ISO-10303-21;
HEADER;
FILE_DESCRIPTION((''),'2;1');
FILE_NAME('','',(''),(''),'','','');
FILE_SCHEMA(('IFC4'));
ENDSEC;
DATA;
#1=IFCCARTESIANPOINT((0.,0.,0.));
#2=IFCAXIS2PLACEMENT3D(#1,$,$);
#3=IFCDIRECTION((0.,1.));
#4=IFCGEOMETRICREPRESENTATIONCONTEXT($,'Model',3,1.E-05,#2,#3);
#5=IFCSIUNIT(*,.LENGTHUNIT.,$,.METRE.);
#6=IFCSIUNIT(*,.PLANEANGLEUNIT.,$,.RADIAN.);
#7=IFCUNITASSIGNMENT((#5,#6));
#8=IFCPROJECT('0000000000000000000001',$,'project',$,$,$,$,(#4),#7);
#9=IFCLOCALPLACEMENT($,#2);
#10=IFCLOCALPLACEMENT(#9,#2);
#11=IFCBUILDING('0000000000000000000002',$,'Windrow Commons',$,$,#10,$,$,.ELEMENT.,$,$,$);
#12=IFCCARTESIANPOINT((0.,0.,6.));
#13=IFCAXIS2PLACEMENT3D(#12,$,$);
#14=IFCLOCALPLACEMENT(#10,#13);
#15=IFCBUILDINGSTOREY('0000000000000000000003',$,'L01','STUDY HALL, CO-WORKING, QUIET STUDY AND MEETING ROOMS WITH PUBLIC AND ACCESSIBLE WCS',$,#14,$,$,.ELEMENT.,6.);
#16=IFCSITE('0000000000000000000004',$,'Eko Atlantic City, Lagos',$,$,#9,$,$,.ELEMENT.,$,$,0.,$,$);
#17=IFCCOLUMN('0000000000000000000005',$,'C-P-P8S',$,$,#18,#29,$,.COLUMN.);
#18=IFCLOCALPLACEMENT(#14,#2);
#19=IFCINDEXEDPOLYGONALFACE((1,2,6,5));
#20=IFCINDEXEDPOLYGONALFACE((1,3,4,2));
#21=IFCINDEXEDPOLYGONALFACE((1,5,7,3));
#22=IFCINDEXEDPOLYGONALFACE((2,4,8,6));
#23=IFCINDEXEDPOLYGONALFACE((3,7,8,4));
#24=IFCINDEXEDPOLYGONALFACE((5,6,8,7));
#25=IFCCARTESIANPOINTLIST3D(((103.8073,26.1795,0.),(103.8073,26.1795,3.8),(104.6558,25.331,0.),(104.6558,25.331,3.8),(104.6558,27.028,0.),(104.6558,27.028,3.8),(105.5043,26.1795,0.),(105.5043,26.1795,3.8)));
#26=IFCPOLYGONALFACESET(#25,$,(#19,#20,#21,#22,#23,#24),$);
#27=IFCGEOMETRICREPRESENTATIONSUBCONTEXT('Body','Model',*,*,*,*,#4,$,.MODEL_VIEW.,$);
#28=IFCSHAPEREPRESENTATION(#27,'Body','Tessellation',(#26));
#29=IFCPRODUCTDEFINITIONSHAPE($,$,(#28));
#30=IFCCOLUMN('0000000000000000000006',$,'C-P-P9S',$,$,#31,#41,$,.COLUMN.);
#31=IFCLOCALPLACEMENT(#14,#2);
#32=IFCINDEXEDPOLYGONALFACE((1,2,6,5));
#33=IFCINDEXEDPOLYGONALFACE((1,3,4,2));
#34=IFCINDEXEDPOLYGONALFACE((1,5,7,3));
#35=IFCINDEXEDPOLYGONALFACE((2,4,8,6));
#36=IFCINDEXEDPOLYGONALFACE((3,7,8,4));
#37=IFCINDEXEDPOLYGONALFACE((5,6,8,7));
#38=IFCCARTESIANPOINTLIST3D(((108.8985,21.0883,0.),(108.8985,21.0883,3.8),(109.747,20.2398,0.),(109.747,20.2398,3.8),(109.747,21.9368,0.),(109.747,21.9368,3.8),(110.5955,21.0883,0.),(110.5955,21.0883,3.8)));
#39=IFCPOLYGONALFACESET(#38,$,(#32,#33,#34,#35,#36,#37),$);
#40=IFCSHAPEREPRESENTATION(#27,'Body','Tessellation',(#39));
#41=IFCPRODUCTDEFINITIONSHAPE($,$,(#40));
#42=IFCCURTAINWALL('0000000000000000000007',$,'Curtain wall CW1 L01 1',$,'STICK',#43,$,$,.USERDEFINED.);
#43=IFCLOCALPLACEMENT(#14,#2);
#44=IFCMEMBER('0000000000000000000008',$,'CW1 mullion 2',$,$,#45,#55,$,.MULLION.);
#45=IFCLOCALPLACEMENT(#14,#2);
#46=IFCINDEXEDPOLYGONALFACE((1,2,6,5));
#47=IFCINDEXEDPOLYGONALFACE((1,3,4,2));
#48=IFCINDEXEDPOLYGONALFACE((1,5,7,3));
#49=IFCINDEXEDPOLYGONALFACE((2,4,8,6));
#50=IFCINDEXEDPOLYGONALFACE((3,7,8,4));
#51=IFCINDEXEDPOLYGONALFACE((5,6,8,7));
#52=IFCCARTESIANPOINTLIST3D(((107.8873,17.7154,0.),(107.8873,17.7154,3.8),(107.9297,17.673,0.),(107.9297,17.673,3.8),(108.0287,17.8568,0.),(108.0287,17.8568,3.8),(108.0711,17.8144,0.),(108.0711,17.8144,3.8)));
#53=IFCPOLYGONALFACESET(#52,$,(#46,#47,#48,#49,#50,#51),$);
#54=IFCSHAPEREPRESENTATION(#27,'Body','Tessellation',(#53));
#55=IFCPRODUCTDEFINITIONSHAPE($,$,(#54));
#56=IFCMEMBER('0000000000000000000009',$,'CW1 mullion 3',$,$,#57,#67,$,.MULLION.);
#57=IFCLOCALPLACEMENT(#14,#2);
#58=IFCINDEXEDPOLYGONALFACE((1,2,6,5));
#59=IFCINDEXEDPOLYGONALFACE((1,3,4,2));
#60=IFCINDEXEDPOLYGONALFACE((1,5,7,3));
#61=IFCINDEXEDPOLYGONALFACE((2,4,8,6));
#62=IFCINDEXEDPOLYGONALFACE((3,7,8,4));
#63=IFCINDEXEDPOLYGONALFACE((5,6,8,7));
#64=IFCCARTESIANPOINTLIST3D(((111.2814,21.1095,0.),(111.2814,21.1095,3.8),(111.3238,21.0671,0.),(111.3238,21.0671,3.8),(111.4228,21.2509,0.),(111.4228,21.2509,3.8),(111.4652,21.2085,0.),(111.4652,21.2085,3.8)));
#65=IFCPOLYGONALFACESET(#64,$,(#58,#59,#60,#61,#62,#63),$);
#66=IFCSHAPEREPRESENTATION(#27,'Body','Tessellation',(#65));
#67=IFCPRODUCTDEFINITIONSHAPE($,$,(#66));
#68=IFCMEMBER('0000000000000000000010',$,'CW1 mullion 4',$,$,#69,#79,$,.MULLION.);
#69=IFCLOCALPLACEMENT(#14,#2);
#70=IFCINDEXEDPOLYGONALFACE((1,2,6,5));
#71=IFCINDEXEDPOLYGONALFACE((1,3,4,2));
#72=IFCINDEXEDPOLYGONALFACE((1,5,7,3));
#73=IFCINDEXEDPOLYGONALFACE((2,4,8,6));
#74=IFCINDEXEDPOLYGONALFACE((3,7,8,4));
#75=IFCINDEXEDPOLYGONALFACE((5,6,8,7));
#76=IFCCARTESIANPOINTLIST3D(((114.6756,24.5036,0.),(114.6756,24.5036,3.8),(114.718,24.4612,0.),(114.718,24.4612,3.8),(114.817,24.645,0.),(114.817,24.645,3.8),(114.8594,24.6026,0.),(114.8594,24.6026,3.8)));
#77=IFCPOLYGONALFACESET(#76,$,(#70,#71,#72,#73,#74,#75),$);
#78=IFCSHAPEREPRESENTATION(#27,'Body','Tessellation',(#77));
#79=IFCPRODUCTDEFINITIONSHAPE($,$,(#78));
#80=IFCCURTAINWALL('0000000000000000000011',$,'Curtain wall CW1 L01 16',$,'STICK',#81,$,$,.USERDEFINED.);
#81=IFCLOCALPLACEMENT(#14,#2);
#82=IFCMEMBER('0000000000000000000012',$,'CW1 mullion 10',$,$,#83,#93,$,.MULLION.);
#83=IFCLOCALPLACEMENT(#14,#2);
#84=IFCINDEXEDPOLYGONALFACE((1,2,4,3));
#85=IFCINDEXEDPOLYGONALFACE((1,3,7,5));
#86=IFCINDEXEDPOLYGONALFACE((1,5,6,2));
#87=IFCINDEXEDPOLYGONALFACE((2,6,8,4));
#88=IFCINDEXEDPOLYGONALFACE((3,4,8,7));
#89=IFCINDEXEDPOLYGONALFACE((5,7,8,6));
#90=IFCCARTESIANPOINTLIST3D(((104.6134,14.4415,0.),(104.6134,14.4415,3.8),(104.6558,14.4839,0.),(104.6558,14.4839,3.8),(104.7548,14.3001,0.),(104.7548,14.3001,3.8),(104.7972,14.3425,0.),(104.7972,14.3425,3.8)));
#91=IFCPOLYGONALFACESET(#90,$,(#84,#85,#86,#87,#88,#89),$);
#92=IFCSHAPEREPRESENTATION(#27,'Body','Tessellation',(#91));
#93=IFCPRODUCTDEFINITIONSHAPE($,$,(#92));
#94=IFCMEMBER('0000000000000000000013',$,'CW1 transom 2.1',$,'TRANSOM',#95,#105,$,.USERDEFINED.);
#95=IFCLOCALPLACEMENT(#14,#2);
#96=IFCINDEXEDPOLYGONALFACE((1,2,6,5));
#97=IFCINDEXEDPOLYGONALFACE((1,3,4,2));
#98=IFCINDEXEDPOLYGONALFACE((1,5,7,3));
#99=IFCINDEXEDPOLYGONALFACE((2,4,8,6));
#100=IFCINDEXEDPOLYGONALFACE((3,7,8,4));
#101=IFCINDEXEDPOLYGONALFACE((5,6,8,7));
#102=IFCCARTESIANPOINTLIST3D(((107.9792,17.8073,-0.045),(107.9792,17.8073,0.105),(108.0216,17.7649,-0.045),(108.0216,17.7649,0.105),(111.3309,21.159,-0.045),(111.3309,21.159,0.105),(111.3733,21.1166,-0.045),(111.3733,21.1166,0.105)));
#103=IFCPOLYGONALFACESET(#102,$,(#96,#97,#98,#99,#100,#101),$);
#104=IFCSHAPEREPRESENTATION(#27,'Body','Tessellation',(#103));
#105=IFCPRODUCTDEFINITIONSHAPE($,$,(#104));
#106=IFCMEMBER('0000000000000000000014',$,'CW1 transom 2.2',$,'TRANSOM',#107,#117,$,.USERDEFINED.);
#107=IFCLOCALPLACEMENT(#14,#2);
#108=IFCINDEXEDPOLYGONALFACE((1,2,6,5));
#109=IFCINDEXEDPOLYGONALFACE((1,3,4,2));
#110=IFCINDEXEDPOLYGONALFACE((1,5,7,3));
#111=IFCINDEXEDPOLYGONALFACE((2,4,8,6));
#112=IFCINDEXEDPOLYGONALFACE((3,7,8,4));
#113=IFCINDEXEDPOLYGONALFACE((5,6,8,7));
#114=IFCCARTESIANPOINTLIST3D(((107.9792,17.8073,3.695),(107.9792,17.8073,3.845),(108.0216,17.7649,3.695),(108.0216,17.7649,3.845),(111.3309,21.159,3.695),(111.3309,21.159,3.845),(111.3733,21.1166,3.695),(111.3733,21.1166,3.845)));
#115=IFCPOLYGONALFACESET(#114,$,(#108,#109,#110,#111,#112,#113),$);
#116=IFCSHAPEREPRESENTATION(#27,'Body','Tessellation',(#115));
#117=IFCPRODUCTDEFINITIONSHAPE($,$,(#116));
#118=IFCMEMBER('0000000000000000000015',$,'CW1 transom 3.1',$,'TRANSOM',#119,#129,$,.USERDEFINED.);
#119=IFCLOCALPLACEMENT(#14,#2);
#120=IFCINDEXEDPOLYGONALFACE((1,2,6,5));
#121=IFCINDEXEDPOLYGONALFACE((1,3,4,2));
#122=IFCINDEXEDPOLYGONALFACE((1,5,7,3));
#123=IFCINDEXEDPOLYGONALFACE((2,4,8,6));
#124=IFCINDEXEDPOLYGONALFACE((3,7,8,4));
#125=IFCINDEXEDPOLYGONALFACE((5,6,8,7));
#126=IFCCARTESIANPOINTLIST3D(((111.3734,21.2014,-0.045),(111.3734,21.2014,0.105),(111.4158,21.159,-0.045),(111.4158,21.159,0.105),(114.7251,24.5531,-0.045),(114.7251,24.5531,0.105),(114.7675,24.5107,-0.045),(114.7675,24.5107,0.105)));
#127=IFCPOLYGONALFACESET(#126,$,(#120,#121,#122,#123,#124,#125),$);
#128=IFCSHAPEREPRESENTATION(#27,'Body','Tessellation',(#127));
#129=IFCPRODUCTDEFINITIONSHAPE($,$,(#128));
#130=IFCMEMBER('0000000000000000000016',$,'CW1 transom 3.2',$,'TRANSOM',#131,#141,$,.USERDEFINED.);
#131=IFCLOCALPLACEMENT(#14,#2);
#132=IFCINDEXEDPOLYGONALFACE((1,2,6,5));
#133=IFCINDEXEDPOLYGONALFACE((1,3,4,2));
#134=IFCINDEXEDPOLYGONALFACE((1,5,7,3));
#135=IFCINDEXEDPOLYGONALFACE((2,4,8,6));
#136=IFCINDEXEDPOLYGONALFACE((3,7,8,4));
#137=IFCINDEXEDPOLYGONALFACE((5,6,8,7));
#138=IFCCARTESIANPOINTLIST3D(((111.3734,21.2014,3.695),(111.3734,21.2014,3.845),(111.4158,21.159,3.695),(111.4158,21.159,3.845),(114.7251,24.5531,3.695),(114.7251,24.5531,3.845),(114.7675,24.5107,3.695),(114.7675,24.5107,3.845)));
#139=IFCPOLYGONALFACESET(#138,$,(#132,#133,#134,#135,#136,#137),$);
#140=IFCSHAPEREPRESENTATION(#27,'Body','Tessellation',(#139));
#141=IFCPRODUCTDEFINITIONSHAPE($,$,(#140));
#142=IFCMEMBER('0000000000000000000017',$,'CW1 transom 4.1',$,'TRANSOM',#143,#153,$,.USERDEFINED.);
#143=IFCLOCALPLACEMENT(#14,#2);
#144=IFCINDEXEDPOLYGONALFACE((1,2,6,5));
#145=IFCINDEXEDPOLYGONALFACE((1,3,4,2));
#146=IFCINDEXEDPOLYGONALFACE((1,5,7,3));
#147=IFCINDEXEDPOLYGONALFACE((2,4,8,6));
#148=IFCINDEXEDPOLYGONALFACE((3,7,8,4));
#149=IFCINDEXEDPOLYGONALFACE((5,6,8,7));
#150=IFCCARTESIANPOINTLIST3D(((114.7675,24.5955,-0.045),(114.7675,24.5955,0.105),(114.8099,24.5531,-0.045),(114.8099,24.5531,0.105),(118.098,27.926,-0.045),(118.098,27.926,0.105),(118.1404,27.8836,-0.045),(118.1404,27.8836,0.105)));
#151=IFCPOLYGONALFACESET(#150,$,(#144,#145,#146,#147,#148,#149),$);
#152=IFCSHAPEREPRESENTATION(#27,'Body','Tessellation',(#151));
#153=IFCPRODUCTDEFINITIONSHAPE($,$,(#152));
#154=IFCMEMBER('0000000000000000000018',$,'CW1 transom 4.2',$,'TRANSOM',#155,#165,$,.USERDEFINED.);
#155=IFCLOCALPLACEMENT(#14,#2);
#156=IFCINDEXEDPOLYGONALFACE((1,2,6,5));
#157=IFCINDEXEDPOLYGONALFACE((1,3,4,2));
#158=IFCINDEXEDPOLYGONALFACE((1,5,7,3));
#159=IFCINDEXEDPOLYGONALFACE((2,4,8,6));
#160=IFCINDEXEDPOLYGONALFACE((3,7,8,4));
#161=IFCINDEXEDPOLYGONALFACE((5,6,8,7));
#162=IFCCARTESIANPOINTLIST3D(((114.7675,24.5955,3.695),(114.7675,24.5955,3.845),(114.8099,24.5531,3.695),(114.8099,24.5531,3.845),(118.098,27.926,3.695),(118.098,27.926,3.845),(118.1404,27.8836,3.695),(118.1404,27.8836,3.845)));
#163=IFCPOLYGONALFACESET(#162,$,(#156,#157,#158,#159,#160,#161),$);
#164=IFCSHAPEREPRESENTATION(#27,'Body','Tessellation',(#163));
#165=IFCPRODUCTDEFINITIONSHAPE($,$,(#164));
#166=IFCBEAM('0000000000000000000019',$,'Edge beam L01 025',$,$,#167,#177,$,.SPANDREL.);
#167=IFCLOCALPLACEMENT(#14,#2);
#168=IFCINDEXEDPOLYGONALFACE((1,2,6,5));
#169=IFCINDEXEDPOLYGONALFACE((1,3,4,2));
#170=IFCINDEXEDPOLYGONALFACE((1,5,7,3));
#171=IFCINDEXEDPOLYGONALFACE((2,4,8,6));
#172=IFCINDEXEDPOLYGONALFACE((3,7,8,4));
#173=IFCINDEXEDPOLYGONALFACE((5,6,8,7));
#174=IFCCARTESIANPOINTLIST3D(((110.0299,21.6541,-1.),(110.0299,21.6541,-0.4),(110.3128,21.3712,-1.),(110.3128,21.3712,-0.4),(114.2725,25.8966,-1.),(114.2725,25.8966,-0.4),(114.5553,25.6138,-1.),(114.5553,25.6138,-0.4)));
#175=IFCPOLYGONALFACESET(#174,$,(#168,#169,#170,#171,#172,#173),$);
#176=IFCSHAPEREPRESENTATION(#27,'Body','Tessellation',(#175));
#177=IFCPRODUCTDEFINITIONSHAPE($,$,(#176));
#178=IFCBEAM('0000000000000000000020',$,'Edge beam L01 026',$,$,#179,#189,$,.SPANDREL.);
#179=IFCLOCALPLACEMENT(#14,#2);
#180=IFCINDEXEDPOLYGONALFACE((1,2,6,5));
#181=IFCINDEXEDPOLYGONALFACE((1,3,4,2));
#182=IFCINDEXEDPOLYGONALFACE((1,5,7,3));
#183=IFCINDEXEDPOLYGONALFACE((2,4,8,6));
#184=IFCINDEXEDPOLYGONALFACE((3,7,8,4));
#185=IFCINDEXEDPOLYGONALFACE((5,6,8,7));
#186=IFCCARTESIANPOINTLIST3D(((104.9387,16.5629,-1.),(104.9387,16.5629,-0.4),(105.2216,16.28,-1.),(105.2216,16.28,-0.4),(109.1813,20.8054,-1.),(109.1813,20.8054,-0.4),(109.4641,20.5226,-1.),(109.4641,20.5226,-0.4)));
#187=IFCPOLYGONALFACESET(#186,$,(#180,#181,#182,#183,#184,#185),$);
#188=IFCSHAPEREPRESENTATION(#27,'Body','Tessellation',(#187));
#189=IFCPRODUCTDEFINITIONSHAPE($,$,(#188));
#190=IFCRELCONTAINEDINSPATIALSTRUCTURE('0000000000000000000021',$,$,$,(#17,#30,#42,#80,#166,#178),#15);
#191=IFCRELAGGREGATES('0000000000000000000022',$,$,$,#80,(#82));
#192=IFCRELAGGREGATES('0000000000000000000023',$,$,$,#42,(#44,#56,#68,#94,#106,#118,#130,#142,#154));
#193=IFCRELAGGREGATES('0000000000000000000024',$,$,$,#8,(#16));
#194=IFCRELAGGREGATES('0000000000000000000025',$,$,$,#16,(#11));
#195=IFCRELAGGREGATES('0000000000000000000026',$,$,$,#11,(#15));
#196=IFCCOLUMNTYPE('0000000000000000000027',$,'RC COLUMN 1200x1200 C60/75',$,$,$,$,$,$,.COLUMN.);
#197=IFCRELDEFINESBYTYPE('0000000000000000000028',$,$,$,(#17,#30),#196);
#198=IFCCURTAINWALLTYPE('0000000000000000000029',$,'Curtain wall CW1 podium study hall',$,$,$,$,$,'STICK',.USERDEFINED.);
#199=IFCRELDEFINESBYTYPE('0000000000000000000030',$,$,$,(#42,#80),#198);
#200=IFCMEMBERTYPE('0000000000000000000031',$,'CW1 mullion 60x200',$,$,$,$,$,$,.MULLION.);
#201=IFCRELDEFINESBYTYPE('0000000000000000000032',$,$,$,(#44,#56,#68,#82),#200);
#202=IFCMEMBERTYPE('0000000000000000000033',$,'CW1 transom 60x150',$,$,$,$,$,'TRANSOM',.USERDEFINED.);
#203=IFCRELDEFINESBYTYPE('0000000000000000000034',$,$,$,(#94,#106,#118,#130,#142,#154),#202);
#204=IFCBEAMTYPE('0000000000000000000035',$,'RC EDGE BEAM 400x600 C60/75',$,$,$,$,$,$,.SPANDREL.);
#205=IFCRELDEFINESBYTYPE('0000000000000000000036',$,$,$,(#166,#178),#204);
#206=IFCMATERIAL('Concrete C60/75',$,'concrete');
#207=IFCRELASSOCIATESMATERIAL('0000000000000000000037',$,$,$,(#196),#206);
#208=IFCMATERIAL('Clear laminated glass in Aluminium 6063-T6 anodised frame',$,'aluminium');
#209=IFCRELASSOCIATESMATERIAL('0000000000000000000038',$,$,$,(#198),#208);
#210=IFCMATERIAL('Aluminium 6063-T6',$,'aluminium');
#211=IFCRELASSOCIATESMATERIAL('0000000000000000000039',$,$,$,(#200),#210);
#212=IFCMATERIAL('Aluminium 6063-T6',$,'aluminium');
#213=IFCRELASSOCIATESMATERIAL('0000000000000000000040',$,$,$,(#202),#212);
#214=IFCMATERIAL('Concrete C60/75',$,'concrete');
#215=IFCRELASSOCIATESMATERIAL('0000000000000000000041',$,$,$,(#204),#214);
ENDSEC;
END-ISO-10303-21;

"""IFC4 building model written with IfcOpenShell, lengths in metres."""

from ifc_helpers import new_model, si_unit, direction, frame, origin, origin_2d, place, context, subcontext, project, spatial, rectangle, extrude, material, material_profile, profile_set, type_object, element, aggregate, save


model = new_model("IFC4")

# Units and contexts
model_context = context("Model", 3, precision=1e-05, world=origin(), true_north=direction((0.0, 1.0)))
body_context = subcontext(model_context, "Body", "Model", "MODEL_VIEW")
ifc_project = project(units=[si_unit("LENGTHUNIT", "METRE"), si_unit("PLANEANGLEUNIT", "RADIAN")], contexts=[model_context])

# Site, building, storey
site_placement = place(None, origin())
site = spatial("IfcSite", under=ifc_project, at=site_placement, Name="Eko Atlantic City, Lagos", CompositionType="ELEMENT", RefElevation=0.0)
building_placement = place(site_placement, origin())
building = spatial("IfcBuilding", under=site, at=building_placement, Name="Windrow Commons", CompositionType="ELEMENT")
storey_placement = place(building_placement, frame((0.0, 0.0, 6.0)))
storey = spatial("IfcBuildingStorey", under=building, at=storey_placement, Name="L01", Description="STUDY HALL, CO-WORKING, QUIET STUDY AND MEETING ROOMS WITH PUBLIC AND ACCESSIBLE WCS", CompositionType="ELEMENT", Elevation=6.0)

# Columns
ifc_material_1 = material(Name="Concrete C60/75", Category="concrete")
ifc_material_profile_1 = material_profile(ifc_material_1, rectangle(XDim=1.2, YDim=1.2, at=origin_2d()))
ifc_profile_set_1 = profile_set([ifc_material_profile_1], Name="Concrete C60/75")
column_type = type_object("IfcColumnType", Name="RC COLUMN 1200x1200 C60/75", PredefinedType="COLUMN", material=ifc_profile_set_1)
for number, where, z_axis, x_axis, name in (
    (1, (104.6558, 26.1795, 0.0), (0.0, 0.0, 1.0), (0.707107, -0.707107, 0.0), "C-P-P8S"),
    (2, (109.747, 21.0883, 0.0), (0.0, 0.0, 1.0), (0.707107, -0.707107, 0.0), "C-P-P9S"),
):
    element("IfcColumn", number, at=place(storey_placement, frame(where, z_axis=z_axis, x_axis=x_axis)), inside=storey, type_object=column_type, Name=name, PredefinedType="COLUMN", context=body_context, shape_type="SweptSolid", body=[
        extrude(rectangle(XDim=1.2, YDim=1.2, at=origin_2d()), origin(), (0.0, 0.0, 1.0), 3.8),
    ])

# Curtain wall, members
ifc_material_2 = material(Name="Clear laminated glass in Aluminium 6063-T6 anodised frame", Category="aluminium")
curtain_wall_type = type_object("IfcCurtainWallType", Name="Curtain wall CW1 podium study hall", ElementType="STICK", PredefinedType="USERDEFINED", material=ifc_material_2)
placement = place(storey_placement, origin())
curtain_wall_1 = element("IfcCurtainWall", 3, at=placement, inside=storey, type_object=curtain_wall_type, Name="Curtain wall CW1 L01 1", ObjectType="STICK", PredefinedType="USERDEFINED")
ifc_material_3 = material(Name="Aluminium 6063-T6", Category="aluminium")
ifc_material_profile_2 = material_profile(ifc_material_3, rectangle(XDim=0.06, YDim=0.2, at=origin_2d()))
ifc_profile_set_2 = profile_set([ifc_material_profile_2], Name="Aluminium 6063-T6")
member_type_1 = type_object("IfcMemberType", Name="CW1 mullion 60x200", PredefinedType="MULLION", material=ifc_profile_set_2)
member_1_placement = place(storey_placement, frame((107.9792, 17.7649, 0.0), z_axis=(0.0, 0.0, 1.0), x_axis=(-0.707104, 0.707109, 0.0)))
member_1 = element("IfcMember", 4, at=member_1_placement, type_object=member_type_1, Name="CW1 mullion 2", PredefinedType="MULLION", context=body_context, shape_type="SweptSolid", body=[
    extrude(rectangle(XDim=0.06, YDim=0.2, at=origin_2d()), origin(), (0.0, 0.0, 1.0), 3.8),
])
member_2_placement = place(storey_placement, frame((111.3733, 21.159, 0.0), z_axis=(0.0, 0.0, 1.0), x_axis=(-0.707104, 0.707109, 0.0)))
member_2 = element("IfcMember", 5, at=member_2_placement, type_object=member_type_1, Name="CW1 mullion 3", PredefinedType="MULLION", context=body_context, shape_type="SweptSolid", body=[
    extrude(rectangle(XDim=0.06, YDim=0.2, at=origin_2d()), origin(), (0.0, 0.0, 1.0), 3.8),
])
member_3_placement = place(storey_placement, frame((114.7675, 24.5531, 0.0), z_axis=(0.0, 0.0, 1.0), x_axis=(-0.707104, 0.707109, 0.0)))
member_3 = element("IfcMember", 6, at=member_3_placement, type_object=member_type_1, Name="CW1 mullion 4", PredefinedType="MULLION", context=body_context, shape_type="SweptSolid", body=[
    extrude(rectangle(XDim=0.06, YDim=0.2, at=origin_2d()), origin(), (0.0, 0.0, 1.0), 3.8),
])

# Curtain wall, member
curtain_wall_2 = element("IfcCurtainWall", 7, at=placement, inside=storey, type_object=curtain_wall_type, Name="Curtain wall CW1 L01 16", ObjectType="STICK", PredefinedType="USERDEFINED")
member_4_placement = place(storey_placement, frame((104.7053, 14.392, 0.0), z_axis=(0.0, 0.0, 1.0), x_axis=(0.707107, 0.707107, 0.0)))
member_4 = element("IfcMember", 8, at=member_4_placement, type_object=member_type_1, Name="CW1 mullion 10", PredefinedType="MULLION", context=body_context, shape_type="SweptSolid", body=[
    extrude(rectangle(XDim=0.06, YDim=0.2, at=origin_2d()), origin(), (0.0, 0.0, 1.0), 3.8),
])
aggregate(curtain_wall_2, [member_4])

# Members
ifc_material_4 = material(Name="Aluminium 6063-T6", Category="aluminium")
ifc_material_profile_3 = material_profile(ifc_material_4, rectangle(XDim=0.06, YDim=0.15, at=origin_2d()))
ifc_profile_set_3 = profile_set([ifc_material_profile_3], Name="Aluminium 6063-T6")
member_type_2 = type_object("IfcMemberType", Name="CW1 transom 60x150", ElementType="TRANSOM", PredefinedType="USERDEFINED", material=ifc_profile_set_3)
member_5_placement = place(storey_placement, frame((108.0004, 17.7861, 0.03), z_axis=(0.707107, 0.707107, 0.0), x_axis=(-0.707107, 0.707107, 0.0)))
member_5 = element("IfcMember", 9, at=member_5_placement, type_object=member_type_2, Name="CW1 transom 2.1", ObjectType="TRANSOM", PredefinedType="USERDEFINED", context=body_context, shape_type="SweptSolid", body=[
    extrude(rectangle(XDim=0.06, YDim=0.15, at=origin_2d()), origin(), (0.0, 0.0, 1.0), 4.74),
])
member_6_placement = place(storey_placement, frame((108.0004, 17.7861, 3.77), z_axis=(0.707107, 0.707107, 0.0), x_axis=(-0.707107, 0.707107, 0.0)))
member_6 = element("IfcMember", 10, at=member_6_placement, type_object=member_type_2, Name="CW1 transom 2.2", ObjectType="TRANSOM", PredefinedType="USERDEFINED", context=body_context, shape_type="SweptSolid", body=[
    extrude(rectangle(XDim=0.06, YDim=0.15, at=origin_2d()), origin(), (0.0, 0.0, 1.0), 4.74),
])
member_7_placement = place(storey_placement, frame((111.3946, 21.1802, 0.03), z_axis=(0.707107, 0.707107, 0.0), x_axis=(-0.707107, 0.707107, 0.0)))
member_7 = element("IfcMember", 11, at=member_7_placement, type_object=member_type_2, Name="CW1 transom 3.1", ObjectType="TRANSOM", PredefinedType="USERDEFINED", context=body_context, shape_type="SweptSolid", body=[
    extrude(rectangle(XDim=0.06, YDim=0.15, at=origin_2d()), origin(), (0.0, 0.0, 1.0), 4.74),
])
member_8_placement = place(storey_placement, frame((111.3946, 21.1802, 3.77), z_axis=(0.707107, 0.707107, 0.0), x_axis=(-0.707107, 0.707107, 0.0)))
member_8 = element("IfcMember", 12, at=member_8_placement, type_object=member_type_2, Name="CW1 transom 3.2", ObjectType="TRANSOM", PredefinedType="USERDEFINED", context=body_context, shape_type="SweptSolid", body=[
    extrude(rectangle(XDim=0.06, YDim=0.15, at=origin_2d()), origin(), (0.0, 0.0, 1.0), 4.74),
])
member_9_placement = place(storey_placement, frame((114.7887, 24.5743, 0.03), z_axis=(0.707107, 0.707107, 0.0), x_axis=(-0.707107, 0.707107, 0.0)))
member_9 = element("IfcMember", 13, at=member_9_placement, type_object=member_type_2, Name="CW1 transom 4.1", ObjectType="TRANSOM", PredefinedType="USERDEFINED", context=body_context, shape_type="SweptSolid", body=[
    extrude(rectangle(XDim=0.06, YDim=0.15, at=origin_2d()), origin(), (0.0, 0.0, 1.0), 4.71),
])
member_10_placement = place(storey_placement, frame((114.7887, 24.5743, 3.77), z_axis=(0.707107, 0.707107, 0.0), x_axis=(-0.707107, 0.707107, 0.0)))
member_10 = element("IfcMember", 14, at=member_10_placement, type_object=member_type_2, Name="CW1 transom 4.2", ObjectType="TRANSOM", PredefinedType="USERDEFINED", context=body_context, shape_type="SweptSolid", body=[
    extrude(rectangle(XDim=0.06, YDim=0.15, at=origin_2d()), origin(), (0.0, 0.0, 1.0), 4.71),
])

# Beams
ifc_material_5 = material(Name="Concrete C60/75", Category="concrete")
ifc_material_profile_4 = material_profile(ifc_material_5, rectangle(XDim=0.4, YDim=0.6, at=origin_2d()))
ifc_profile_set_4 = profile_set([ifc_material_profile_4], Name="Concrete C60/75")
beam_type = type_object("IfcBeamType", Name="RC EDGE BEAM 400x600 C60/75", PredefinedType="SPANDREL", material=ifc_profile_set_4)
for number, where, z_axis, x_axis, name in (
    (15, (114.4139, 25.7552, -0.7), (-0.707107, -0.707107, 0.0), (0.707107, -0.707107, 0.0), "Edge beam L01 025"),
    (16, (109.3227, 20.664, -0.7), (-0.707107, -0.707107, 0.0), (0.707107, -0.707107, 0.0), "Edge beam L01 026"),
):
    element("IfcBeam", number, at=place(storey_placement, frame(where, z_axis=z_axis, x_axis=x_axis)), inside=storey, type_object=beam_type, Name=name, PredefinedType="SPANDREL", context=body_context, shape_type="SweptSolid", body=[
        extrude(rectangle(XDim=0.4, YDim=0.6, at=origin_2d()), origin(), (0.0, 0.0, 1.0), 5.9999),
    ])

aggregate(curtain_wall_1, [member_1, member_2, member_3, member_5, member_6, member_7, member_8, member_9, member_10])

save(model, "model.ifc")
